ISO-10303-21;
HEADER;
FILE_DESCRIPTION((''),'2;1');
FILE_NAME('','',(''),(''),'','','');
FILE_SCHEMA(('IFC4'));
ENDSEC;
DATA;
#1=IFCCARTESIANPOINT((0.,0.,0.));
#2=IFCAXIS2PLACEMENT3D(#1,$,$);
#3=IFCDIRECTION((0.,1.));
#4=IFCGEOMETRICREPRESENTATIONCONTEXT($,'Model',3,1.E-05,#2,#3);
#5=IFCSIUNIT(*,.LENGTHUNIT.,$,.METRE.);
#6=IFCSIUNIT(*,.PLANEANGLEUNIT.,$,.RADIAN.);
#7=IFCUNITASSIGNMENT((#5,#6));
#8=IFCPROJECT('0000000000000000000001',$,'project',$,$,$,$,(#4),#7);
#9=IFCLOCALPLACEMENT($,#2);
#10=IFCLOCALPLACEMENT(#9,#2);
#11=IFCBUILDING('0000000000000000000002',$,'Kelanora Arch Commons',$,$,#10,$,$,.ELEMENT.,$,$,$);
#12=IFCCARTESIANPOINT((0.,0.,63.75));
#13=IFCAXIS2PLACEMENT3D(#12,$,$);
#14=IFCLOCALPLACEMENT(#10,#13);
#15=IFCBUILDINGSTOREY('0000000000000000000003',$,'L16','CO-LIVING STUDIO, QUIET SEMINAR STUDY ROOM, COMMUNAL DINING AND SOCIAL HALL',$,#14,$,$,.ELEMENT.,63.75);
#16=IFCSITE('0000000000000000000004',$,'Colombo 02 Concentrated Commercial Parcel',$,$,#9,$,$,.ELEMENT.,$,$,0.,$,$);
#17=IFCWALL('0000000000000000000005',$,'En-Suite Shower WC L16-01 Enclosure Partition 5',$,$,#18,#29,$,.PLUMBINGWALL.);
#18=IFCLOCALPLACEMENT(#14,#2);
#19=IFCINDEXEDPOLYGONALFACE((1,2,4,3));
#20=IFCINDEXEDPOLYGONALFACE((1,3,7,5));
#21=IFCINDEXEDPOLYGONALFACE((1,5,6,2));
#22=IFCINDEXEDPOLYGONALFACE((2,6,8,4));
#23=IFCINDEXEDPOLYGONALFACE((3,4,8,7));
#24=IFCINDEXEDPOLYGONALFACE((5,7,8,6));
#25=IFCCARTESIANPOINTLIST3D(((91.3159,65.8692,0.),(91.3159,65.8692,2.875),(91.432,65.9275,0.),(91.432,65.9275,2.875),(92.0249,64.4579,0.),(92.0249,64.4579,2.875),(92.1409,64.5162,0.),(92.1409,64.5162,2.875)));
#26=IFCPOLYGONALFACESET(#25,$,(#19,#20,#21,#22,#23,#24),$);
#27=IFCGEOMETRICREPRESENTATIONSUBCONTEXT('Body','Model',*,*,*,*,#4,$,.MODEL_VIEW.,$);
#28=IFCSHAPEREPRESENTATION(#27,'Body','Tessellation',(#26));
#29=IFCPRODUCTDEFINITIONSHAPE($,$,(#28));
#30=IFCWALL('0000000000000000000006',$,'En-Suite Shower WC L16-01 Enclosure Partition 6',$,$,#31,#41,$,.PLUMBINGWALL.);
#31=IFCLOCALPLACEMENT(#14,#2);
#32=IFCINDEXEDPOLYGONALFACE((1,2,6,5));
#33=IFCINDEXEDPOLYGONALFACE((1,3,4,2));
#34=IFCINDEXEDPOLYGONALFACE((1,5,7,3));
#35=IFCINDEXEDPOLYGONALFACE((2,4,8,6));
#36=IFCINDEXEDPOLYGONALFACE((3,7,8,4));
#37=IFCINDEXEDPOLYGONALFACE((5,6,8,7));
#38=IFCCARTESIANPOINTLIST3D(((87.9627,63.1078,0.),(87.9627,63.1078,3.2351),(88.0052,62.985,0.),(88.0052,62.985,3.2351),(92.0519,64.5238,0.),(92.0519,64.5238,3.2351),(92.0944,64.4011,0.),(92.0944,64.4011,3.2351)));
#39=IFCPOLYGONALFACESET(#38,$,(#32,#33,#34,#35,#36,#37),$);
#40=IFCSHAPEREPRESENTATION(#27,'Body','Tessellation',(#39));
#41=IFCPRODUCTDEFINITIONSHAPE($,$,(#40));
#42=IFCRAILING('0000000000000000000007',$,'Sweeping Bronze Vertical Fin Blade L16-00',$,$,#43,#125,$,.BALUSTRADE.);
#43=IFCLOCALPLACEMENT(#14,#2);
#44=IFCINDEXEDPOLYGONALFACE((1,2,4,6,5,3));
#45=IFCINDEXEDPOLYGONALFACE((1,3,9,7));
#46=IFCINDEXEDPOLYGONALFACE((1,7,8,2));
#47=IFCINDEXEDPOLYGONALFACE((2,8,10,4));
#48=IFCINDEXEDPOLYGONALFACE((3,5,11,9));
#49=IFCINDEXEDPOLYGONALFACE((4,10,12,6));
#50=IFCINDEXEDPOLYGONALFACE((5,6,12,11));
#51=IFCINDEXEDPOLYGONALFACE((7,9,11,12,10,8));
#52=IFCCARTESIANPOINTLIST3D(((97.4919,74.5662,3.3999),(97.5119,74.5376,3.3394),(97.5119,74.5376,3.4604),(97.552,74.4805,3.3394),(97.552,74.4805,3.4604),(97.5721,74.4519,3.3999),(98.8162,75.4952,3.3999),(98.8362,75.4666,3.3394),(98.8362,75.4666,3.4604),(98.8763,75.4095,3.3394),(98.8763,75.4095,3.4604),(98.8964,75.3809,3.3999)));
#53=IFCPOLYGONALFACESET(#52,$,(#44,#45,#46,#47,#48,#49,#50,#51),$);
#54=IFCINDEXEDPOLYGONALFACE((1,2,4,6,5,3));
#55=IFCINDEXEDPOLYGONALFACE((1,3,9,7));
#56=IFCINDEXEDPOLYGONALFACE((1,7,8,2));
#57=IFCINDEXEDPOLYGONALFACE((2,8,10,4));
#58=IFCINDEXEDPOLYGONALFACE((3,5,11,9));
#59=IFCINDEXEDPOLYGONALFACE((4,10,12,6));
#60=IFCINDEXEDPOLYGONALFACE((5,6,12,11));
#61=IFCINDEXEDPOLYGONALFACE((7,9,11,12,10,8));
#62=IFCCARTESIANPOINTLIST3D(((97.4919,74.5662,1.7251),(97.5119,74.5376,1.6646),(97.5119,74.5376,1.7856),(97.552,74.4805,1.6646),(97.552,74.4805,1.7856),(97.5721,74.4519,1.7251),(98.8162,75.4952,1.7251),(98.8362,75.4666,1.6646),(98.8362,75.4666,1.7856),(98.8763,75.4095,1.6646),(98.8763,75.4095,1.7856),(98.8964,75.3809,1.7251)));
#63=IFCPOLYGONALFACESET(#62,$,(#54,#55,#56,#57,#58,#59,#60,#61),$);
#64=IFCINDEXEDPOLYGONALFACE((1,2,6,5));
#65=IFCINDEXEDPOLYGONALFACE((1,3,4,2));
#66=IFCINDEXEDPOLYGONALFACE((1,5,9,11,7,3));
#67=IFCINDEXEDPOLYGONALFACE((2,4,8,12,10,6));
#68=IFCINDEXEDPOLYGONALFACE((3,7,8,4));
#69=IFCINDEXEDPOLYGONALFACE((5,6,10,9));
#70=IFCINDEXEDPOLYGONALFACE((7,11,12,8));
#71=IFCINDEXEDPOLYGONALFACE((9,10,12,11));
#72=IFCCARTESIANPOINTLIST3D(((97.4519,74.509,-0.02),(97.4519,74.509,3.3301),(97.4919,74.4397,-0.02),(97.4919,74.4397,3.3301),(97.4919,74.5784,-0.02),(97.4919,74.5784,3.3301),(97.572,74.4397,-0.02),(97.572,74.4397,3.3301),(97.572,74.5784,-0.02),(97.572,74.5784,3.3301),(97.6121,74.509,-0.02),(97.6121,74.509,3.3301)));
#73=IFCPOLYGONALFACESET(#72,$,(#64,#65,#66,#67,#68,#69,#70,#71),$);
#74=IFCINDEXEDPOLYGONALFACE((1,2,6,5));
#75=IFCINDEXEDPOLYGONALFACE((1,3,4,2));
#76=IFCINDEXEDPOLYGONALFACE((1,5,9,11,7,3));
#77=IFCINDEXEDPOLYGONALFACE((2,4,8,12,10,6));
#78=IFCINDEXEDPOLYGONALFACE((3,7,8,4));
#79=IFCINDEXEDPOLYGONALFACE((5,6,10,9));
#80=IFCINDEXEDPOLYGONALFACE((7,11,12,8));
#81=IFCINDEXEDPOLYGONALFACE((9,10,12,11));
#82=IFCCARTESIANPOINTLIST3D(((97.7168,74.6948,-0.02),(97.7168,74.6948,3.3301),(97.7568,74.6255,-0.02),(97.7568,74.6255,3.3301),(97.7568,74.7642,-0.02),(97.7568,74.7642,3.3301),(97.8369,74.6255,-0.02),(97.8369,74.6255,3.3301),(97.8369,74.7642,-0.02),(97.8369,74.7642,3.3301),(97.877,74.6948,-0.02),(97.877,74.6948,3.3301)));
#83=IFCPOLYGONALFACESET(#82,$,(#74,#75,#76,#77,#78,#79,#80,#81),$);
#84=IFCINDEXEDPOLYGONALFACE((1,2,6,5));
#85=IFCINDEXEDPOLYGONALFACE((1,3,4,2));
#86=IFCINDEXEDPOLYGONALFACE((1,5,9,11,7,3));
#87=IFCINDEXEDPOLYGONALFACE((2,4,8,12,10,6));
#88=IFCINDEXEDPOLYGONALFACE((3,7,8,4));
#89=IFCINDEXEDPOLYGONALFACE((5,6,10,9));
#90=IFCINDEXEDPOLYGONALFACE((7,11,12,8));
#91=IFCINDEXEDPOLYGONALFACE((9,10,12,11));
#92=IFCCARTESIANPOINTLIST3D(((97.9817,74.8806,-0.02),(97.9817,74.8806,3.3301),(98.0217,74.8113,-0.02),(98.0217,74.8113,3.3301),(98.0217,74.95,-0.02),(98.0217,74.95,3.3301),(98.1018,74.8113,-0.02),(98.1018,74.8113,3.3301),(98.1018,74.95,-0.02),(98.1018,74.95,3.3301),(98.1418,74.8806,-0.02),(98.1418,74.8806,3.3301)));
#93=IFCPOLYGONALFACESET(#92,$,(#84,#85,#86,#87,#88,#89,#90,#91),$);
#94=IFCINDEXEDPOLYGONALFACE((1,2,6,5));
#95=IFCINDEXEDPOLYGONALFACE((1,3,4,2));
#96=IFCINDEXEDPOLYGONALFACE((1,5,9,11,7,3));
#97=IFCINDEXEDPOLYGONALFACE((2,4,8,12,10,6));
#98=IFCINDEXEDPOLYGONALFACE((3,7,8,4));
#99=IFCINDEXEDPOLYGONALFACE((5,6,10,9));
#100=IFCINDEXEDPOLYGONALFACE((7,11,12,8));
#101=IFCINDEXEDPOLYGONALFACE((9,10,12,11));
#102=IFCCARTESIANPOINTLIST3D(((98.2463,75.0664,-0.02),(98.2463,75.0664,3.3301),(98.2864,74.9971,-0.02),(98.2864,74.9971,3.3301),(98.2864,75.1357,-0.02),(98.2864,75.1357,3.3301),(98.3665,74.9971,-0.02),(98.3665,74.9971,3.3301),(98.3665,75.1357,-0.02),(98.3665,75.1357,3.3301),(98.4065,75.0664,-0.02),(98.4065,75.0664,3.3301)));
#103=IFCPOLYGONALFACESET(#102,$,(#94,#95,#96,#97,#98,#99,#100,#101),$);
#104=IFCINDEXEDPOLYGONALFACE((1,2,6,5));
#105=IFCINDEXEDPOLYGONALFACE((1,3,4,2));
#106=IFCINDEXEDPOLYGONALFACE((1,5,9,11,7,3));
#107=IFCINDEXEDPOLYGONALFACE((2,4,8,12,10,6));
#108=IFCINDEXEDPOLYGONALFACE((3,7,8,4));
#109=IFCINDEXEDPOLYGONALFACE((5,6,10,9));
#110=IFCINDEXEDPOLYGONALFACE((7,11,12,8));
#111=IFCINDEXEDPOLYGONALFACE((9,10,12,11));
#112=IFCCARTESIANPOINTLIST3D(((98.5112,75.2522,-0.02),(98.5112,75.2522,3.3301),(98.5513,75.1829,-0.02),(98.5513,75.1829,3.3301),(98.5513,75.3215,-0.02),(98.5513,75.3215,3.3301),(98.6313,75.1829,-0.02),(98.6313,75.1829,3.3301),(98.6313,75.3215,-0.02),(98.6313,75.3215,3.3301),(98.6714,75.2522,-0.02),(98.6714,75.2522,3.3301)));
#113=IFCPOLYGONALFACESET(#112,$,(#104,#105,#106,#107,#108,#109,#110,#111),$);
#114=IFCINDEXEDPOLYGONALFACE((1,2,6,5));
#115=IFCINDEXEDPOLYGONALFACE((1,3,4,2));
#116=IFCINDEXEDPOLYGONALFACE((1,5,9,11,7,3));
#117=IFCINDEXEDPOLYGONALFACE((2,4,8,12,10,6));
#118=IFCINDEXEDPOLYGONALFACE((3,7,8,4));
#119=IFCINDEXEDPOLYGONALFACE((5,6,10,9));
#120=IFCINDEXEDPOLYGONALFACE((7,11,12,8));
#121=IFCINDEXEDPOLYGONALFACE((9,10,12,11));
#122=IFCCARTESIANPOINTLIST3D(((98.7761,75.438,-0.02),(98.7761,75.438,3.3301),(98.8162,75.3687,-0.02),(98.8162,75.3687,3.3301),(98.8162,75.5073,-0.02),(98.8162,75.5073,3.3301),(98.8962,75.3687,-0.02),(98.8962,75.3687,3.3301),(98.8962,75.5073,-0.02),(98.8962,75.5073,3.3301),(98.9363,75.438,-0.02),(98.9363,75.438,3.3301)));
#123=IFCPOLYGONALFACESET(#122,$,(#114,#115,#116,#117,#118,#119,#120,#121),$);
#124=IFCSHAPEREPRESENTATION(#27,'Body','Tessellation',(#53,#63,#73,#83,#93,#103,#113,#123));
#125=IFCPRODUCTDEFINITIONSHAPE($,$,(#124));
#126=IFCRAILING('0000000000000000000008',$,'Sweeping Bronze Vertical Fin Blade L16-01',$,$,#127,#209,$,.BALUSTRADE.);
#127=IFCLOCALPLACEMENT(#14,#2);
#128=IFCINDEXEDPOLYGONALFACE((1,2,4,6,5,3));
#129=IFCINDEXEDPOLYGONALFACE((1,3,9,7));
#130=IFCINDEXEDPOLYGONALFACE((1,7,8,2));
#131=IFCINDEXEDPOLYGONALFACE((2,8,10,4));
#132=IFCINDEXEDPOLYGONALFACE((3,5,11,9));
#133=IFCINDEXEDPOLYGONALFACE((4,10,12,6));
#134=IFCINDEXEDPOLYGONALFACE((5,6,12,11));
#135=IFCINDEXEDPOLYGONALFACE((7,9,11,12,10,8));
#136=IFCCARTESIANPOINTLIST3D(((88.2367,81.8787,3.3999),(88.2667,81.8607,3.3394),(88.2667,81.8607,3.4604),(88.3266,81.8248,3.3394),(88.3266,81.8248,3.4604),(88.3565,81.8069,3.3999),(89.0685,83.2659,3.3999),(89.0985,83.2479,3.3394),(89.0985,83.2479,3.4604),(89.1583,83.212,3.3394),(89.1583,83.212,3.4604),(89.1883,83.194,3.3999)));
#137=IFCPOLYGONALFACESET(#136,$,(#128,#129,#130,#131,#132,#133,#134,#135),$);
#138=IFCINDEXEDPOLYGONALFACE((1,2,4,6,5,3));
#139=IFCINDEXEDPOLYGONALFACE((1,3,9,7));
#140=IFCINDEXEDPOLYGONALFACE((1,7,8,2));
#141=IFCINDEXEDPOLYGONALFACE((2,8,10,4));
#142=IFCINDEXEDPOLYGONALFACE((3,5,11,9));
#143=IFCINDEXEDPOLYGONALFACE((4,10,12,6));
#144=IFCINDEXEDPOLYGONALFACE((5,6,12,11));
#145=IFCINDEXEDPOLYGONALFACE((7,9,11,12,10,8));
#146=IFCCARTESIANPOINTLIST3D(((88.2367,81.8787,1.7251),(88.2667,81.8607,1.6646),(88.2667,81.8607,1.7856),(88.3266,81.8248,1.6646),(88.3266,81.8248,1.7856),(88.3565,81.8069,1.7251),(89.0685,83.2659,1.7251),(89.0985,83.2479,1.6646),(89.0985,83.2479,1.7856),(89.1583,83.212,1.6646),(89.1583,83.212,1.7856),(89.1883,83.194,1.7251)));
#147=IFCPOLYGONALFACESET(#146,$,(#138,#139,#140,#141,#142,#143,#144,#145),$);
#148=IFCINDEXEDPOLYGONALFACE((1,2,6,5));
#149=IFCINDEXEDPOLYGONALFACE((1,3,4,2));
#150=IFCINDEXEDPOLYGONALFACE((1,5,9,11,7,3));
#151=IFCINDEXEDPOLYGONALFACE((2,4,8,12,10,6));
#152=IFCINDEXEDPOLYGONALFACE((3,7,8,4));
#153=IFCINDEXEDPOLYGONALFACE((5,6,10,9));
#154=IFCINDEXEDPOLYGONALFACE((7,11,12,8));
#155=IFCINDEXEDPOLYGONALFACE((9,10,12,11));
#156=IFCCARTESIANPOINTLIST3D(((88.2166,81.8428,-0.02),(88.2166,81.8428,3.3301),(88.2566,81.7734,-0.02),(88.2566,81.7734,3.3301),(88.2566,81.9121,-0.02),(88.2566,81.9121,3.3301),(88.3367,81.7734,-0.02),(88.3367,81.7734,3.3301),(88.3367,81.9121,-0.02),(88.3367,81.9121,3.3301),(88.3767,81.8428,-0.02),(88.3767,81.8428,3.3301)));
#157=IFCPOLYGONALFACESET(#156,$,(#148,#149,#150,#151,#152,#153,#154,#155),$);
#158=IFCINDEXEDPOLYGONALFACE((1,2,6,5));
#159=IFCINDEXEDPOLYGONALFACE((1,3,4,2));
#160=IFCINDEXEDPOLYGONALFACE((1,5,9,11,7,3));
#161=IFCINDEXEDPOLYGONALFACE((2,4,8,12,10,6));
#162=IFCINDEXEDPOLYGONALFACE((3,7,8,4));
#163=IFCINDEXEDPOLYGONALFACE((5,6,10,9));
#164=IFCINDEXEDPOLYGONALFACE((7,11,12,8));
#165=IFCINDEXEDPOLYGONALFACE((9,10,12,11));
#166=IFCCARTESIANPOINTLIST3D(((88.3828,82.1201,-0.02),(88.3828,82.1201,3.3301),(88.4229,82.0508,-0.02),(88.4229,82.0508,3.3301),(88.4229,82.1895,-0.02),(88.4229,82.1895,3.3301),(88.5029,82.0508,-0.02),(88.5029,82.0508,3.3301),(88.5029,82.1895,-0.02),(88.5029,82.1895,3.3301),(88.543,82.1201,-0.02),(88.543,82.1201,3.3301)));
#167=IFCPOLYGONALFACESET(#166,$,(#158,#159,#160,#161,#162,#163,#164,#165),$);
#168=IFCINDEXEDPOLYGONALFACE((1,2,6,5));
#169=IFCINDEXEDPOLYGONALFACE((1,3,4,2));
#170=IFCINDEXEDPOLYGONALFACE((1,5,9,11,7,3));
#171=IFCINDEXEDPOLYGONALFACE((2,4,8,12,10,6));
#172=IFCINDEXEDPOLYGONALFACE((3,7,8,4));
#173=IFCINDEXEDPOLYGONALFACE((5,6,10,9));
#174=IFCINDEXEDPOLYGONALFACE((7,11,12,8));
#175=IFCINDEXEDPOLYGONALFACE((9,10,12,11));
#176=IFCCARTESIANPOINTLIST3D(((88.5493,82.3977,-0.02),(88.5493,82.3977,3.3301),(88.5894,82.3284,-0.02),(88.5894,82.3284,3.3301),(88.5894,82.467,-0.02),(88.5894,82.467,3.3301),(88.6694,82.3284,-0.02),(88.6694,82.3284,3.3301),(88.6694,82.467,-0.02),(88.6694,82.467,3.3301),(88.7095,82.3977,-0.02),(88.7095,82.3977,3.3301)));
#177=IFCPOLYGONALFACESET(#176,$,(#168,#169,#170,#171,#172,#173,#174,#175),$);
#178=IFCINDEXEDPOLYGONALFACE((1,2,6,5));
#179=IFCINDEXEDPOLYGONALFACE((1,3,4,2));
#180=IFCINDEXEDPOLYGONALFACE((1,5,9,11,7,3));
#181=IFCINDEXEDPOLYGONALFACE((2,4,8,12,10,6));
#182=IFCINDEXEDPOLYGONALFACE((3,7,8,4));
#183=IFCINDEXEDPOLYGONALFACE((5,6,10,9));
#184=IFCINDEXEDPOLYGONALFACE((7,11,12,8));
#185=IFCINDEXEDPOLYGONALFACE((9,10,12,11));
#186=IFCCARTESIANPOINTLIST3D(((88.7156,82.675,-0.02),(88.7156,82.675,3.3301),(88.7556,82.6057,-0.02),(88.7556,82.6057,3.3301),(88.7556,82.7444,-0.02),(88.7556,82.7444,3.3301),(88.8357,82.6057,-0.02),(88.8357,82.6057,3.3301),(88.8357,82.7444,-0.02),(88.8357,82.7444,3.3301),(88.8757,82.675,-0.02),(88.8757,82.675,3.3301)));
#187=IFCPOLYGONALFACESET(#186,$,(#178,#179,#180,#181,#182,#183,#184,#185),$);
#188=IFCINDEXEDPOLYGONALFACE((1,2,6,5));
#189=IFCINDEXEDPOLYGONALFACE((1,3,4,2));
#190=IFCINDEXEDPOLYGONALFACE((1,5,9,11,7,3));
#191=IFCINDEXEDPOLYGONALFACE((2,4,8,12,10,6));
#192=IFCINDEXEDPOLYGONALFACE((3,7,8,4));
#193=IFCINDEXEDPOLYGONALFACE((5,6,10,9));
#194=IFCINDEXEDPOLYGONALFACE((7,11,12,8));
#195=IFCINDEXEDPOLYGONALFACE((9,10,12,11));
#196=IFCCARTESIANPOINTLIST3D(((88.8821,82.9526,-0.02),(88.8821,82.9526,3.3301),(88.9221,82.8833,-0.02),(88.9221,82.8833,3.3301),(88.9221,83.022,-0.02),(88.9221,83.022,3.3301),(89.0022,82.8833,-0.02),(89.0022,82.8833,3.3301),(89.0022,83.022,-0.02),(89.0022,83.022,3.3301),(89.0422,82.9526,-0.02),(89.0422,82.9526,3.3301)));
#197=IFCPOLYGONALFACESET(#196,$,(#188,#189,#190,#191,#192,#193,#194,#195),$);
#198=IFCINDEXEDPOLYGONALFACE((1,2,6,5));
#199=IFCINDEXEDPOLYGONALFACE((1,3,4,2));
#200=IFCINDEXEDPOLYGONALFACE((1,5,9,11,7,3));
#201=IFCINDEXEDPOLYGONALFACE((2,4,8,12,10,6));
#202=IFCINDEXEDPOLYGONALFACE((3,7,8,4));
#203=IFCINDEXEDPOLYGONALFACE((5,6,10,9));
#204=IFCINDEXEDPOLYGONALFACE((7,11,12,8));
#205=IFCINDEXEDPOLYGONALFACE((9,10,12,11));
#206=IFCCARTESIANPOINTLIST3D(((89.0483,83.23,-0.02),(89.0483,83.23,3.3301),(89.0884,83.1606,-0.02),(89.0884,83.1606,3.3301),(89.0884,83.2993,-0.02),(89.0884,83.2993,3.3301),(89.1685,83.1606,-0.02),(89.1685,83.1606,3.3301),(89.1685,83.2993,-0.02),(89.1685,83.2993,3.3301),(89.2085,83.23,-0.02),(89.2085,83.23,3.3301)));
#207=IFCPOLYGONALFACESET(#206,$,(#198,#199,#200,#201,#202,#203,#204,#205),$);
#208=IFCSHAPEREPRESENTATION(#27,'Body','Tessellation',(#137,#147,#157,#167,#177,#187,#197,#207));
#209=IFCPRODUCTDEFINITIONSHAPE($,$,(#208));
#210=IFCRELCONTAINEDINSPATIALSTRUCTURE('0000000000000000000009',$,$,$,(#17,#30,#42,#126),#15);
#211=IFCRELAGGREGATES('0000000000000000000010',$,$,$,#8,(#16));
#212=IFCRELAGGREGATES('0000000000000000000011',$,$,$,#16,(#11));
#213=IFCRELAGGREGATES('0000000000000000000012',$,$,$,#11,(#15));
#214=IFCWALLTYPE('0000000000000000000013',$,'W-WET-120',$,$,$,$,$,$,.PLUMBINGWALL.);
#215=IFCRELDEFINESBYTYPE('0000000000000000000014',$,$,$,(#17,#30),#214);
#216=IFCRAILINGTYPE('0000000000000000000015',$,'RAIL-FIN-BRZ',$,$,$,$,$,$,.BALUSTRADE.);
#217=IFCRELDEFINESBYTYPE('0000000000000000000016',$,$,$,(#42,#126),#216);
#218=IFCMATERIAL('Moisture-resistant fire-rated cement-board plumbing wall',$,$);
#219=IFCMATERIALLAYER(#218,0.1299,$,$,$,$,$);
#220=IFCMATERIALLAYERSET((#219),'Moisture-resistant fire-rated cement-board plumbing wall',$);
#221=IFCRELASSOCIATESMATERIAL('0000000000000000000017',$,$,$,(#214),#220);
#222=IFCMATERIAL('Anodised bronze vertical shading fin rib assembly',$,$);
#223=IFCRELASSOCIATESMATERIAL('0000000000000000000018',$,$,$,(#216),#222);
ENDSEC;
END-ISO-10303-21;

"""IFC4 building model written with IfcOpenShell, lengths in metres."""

from ifc_helpers import new_model, si_unit, direction, frame, frame_2d, origin, place, context, subcontext, project, spatial, polyline, rectangle, outline, extrude, material, layer, layer_set, type_object, element, save


model = new_model("IFC4")

# Units and contexts
model_context = context("Model", 3, precision=1e-05, world=origin(), true_north=direction((0.0, 1.0)))
body_context = subcontext(model_context, "Body", "Model", "MODEL_VIEW")
ifc_project = project(units=[si_unit("LENGTHUNIT", "METRE"), si_unit("PLANEANGLEUNIT", "RADIAN")], contexts=[model_context])

# Site, building, storey
site_placement = place(None, origin())
site = spatial("IfcSite", under=ifc_project, at=site_placement, Name="Colombo 02 Concentrated Commercial Parcel", CompositionType="ELEMENT", RefElevation=0.0)
building_placement = place(site_placement, origin())
building = spatial("IfcBuilding", under=site, at=building_placement, Name="Kelanora Arch Commons", CompositionType="ELEMENT")
storey_placement = place(building_placement, frame((0.0, 0.0, 63.75)))
storey = spatial("IfcBuildingStorey", under=building, at=storey_placement, Name="L16", Description="CO-LIVING STUDIO, QUIET SEMINAR STUDY ROOM, COMMUNAL DINING AND SOCIAL HALL", CompositionType="ELEMENT", Elevation=63.75)

# Walls
ifc_material_1 = material(Name="Moisture-resistant fire-rated cement-board plumbing wall")
ifc_layer_1 = layer(ifc_material_1, 0.1299)
ifc_layer_set_1 = layer_set([ifc_layer_1], Name="Moisture-resistant fire-rated cement-board plumbing wall")
wall_type_1 = type_object("IfcWallType", Name="W-WET-120", PredefinedType="PLUMBINGWALL", material=ifc_layer_set_1)
wall_1_placement = place(storey_placement, frame((91.374, 65.8982, 0.0), z_axis=(0.0, 0.0, 1.0), x_axis=(0.448882, -0.893591, 0.0)))
element("IfcWall", 1, at=wall_1_placement, inside=storey, type_object=wall_type_1, Name="En-Suite Shower WC L16-01 Enclosure Partition 5", PredefinedType="PLUMBINGWALL", context=body_context, shape_type="SweptSolid", body=[
    extrude(rectangle(XDim=1.5793, YDim=0.1299, at=frame_2d((0.7896, 0.0))), origin(), (0.0, 0.0, 1.0), 2.875),
])
wall_2_placement = place(storey_placement, frame((92.073, 64.4624, 0.0), z_axis=(0.0, 0.0, 1.0), x_axis=(-0.944946, -0.327225, 0.0)))
element("IfcWall", 2, at=wall_2_placement, inside=storey, type_object=wall_type_1, Name="En-Suite Shower WC L16-01 Enclosure Partition 6", PredefinedType="PLUMBINGWALL", context=body_context, shape_type="SweptSolid", body=[
    extrude(rectangle(XDim=4.3274, YDim=0.1299, at=frame_2d((2.1636, 0.0))), origin(), (0.0, 0.0, 1.0), 3.2351),
])

# Railings
ifc_material_2 = material(Name="Anodised bronze vertical shading fin rib assembly")
railing_type = type_object("IfcRailingType", Name="RAIL-FIN-BRZ", PredefinedType="BALUSTRADE", material=ifc_material_2)
railing_1_placement = place(storey_placement, frame((97.532, 74.509, -0.02)))
element("IfcRailing", 3, at=railing_1_placement, inside=storey, type_object=railing_type, Name="Sweeping Bronze Vertical Fin Blade L16-00", PredefinedType="BALUSTRADE", context=body_context, shape_type="SweptSolid", body=[
    extrude(outline(polyline([(0.0698, 0.0), (0.0349, 0.0605), (-0.0349, 0.0605), (-0.0698, 0.0), (-0.0349, -0.0605), (0.0349, -0.0605), (0.0698, 0.0)])), frame((0.0, 0.0, 3.4199), z_axis=(0.81865, 0.574293, 0.0), x_axis=(-0.574293, 0.81865, 0.0)), (0.0, 0.0, 1.0), 1.6177),
    extrude(outline(polyline([(0.0698, 0.0), (0.0349, 0.0605), (-0.0349, 0.0605), (-0.0698, 0.0), (-0.0349, -0.0605), (0.0349, -0.0605), (0.0698, 0.0)])), frame((0.0, 0.0, 1.7451), z_axis=(0.81865, 0.574293, 0.0), x_axis=(-0.574293, 0.81865, 0.0)), (0.0, 0.0, 1.0), 1.6177),
    extrude(outline(polyline([(0.0801, 0.0), (0.04, 0.0693), (-0.04, 0.0693), (-0.0801, 0.0), (-0.04, -0.0693), (0.04, -0.0693), (0.0801, 0.0)])), origin(), (0.0, 0.0, 1.0), 3.3501),
    extrude(outline(polyline([(0.0801, 0.0), (0.04, 0.0693), (-0.04, 0.0693), (-0.0801, 0.0), (-0.04, -0.0693), (0.04, -0.0693), (0.0801, 0.0)])), frame((0.2649, 0.1858, 0.0)), (0.0, 0.0, 1.0), 3.3501),
    extrude(outline(polyline([(0.0801, 0.0), (0.04, 0.0693), (-0.04, 0.0693), (-0.0801, 0.0), (-0.04, -0.0693), (0.04, -0.0693), (0.0801, 0.0)])), frame((0.5298, 0.3716, 0.0)), (0.0, 0.0, 1.0), 3.3501),
    extrude(outline(polyline([(0.0801, 0.0), (0.04, 0.0693), (-0.04, 0.0693), (-0.0801, 0.0), (-0.04, -0.0693), (0.04, -0.0693), (0.0801, 0.0)])), frame((0.7944, 0.5574, 0.0)), (0.0, 0.0, 1.0), 3.3501),
    extrude(outline(polyline([(0.0801, 0.0), (0.04, 0.0693), (-0.04, 0.0693), (-0.0801, 0.0), (-0.04, -0.0693), (0.04, -0.0693), (0.0801, 0.0)])), frame((1.0593, 0.7432, 0.0)), (0.0, 0.0, 1.0), 3.3501),
    extrude(outline(polyline([(0.0801, 0.0), (0.04, 0.0693), (-0.04, 0.0693), (-0.0801, 0.0), (-0.04, -0.0693), (0.04, -0.0693), (0.0801, 0.0)])), frame((1.3242, 0.929, 0.0)), (0.0, 0.0, 1.0), 3.3501),
])
railing_2_placement = place(storey_placement, frame((88.2966, 81.8428, -0.02)))
element("IfcRailing", 4, at=railing_2_placement, inside=storey, type_object=railing_type, Name="Sweeping Bronze Vertical Fin Blade L16-01", PredefinedType="BALUSTRADE", context=body_context, shape_type="SweptSolid", body=[
    extrude(outline(polyline([(0.0698, 0.0), (0.0349, 0.0605), (-0.0349, 0.0605), (-0.0698, 0.0), (-0.0349, -0.0605), (0.0349, -0.0605), (0.0698, 0.0)])), frame((0.0, 0.0, 3.4199), z_axis=(0.514252, 0.857639, 0.0), x_axis=(-0.857639, 0.514252, 0.0)), (0.0, 0.0, 1.0), 1.6174),
    extrude(outline(polyline([(0.0698, 0.0), (0.0349, 0.0605), (-0.0349, 0.0605), (-0.0698, 0.0), (-0.0349, -0.0605), (0.0349, -0.0605), (0.0698, 0.0)])), frame((0.0, 0.0, 1.7451), z_axis=(0.514252, 0.857639, 0.0), x_axis=(-0.857639, 0.514252, 0.0)), (0.0, 0.0, 1.0), 1.6174),
    extrude(outline(polyline([(0.0801, 0.0), (0.04, 0.0693), (-0.04, 0.0693), (-0.0801, 0.0), (-0.04, -0.0693), (0.04, -0.0693), (0.0801, 0.0)])), origin(), (0.0, 0.0, 1.0), 3.3501),
    extrude(outline(polyline([(0.0801, 0.0), (0.04, 0.0693), (-0.04, 0.0693), (-0.0801, 0.0), (-0.04, -0.0693), (0.04, -0.0693), (0.0801, 0.0)])), frame((0.1663, 0.2773, 0.0)), (0.0, 0.0, 1.0), 3.3501),
    extrude(outline(polyline([(0.0801, 0.0), (0.04, 0.0693), (-0.04, 0.0693), (-0.0801, 0.0), (-0.04, -0.0693), (0.04, -0.0693), (0.0801, 0.0)])), frame((0.3328, 0.5549, 0.0)), (0.0, 0.0, 1.0), 3.3501),
    extrude(outline(polyline([(0.0801, 0.0), (0.04, 0.0693), (-0.04, 0.0693), (-0.0801, 0.0), (-0.04, -0.0693), (0.04, -0.0693), (0.0801, 0.0)])), frame((0.499, 0.8323, 0.0)), (0.0, 0.0, 1.0), 3.3501),
    extrude(outline(polyline([(0.0801, 0.0), (0.04, 0.0693), (-0.04, 0.0693), (-0.0801, 0.0), (-0.04, -0.0693), (0.04, -0.0693), (0.0801, 0.0)])), frame((0.6655, 1.1099, 0.0)), (0.0, 0.0, 1.0), 3.3501),
    extrude(outline(polyline([(0.0801, 0.0), (0.04, 0.0693), (-0.04, 0.0693), (-0.0801, 0.0), (-0.04, -0.0693), (0.04, -0.0693), (0.0801, 0.0)])), frame((0.8318, 1.3872, 0.0)), (0.0, 0.0, 1.0), 3.3501),
])

save(model, "model.ifc")
